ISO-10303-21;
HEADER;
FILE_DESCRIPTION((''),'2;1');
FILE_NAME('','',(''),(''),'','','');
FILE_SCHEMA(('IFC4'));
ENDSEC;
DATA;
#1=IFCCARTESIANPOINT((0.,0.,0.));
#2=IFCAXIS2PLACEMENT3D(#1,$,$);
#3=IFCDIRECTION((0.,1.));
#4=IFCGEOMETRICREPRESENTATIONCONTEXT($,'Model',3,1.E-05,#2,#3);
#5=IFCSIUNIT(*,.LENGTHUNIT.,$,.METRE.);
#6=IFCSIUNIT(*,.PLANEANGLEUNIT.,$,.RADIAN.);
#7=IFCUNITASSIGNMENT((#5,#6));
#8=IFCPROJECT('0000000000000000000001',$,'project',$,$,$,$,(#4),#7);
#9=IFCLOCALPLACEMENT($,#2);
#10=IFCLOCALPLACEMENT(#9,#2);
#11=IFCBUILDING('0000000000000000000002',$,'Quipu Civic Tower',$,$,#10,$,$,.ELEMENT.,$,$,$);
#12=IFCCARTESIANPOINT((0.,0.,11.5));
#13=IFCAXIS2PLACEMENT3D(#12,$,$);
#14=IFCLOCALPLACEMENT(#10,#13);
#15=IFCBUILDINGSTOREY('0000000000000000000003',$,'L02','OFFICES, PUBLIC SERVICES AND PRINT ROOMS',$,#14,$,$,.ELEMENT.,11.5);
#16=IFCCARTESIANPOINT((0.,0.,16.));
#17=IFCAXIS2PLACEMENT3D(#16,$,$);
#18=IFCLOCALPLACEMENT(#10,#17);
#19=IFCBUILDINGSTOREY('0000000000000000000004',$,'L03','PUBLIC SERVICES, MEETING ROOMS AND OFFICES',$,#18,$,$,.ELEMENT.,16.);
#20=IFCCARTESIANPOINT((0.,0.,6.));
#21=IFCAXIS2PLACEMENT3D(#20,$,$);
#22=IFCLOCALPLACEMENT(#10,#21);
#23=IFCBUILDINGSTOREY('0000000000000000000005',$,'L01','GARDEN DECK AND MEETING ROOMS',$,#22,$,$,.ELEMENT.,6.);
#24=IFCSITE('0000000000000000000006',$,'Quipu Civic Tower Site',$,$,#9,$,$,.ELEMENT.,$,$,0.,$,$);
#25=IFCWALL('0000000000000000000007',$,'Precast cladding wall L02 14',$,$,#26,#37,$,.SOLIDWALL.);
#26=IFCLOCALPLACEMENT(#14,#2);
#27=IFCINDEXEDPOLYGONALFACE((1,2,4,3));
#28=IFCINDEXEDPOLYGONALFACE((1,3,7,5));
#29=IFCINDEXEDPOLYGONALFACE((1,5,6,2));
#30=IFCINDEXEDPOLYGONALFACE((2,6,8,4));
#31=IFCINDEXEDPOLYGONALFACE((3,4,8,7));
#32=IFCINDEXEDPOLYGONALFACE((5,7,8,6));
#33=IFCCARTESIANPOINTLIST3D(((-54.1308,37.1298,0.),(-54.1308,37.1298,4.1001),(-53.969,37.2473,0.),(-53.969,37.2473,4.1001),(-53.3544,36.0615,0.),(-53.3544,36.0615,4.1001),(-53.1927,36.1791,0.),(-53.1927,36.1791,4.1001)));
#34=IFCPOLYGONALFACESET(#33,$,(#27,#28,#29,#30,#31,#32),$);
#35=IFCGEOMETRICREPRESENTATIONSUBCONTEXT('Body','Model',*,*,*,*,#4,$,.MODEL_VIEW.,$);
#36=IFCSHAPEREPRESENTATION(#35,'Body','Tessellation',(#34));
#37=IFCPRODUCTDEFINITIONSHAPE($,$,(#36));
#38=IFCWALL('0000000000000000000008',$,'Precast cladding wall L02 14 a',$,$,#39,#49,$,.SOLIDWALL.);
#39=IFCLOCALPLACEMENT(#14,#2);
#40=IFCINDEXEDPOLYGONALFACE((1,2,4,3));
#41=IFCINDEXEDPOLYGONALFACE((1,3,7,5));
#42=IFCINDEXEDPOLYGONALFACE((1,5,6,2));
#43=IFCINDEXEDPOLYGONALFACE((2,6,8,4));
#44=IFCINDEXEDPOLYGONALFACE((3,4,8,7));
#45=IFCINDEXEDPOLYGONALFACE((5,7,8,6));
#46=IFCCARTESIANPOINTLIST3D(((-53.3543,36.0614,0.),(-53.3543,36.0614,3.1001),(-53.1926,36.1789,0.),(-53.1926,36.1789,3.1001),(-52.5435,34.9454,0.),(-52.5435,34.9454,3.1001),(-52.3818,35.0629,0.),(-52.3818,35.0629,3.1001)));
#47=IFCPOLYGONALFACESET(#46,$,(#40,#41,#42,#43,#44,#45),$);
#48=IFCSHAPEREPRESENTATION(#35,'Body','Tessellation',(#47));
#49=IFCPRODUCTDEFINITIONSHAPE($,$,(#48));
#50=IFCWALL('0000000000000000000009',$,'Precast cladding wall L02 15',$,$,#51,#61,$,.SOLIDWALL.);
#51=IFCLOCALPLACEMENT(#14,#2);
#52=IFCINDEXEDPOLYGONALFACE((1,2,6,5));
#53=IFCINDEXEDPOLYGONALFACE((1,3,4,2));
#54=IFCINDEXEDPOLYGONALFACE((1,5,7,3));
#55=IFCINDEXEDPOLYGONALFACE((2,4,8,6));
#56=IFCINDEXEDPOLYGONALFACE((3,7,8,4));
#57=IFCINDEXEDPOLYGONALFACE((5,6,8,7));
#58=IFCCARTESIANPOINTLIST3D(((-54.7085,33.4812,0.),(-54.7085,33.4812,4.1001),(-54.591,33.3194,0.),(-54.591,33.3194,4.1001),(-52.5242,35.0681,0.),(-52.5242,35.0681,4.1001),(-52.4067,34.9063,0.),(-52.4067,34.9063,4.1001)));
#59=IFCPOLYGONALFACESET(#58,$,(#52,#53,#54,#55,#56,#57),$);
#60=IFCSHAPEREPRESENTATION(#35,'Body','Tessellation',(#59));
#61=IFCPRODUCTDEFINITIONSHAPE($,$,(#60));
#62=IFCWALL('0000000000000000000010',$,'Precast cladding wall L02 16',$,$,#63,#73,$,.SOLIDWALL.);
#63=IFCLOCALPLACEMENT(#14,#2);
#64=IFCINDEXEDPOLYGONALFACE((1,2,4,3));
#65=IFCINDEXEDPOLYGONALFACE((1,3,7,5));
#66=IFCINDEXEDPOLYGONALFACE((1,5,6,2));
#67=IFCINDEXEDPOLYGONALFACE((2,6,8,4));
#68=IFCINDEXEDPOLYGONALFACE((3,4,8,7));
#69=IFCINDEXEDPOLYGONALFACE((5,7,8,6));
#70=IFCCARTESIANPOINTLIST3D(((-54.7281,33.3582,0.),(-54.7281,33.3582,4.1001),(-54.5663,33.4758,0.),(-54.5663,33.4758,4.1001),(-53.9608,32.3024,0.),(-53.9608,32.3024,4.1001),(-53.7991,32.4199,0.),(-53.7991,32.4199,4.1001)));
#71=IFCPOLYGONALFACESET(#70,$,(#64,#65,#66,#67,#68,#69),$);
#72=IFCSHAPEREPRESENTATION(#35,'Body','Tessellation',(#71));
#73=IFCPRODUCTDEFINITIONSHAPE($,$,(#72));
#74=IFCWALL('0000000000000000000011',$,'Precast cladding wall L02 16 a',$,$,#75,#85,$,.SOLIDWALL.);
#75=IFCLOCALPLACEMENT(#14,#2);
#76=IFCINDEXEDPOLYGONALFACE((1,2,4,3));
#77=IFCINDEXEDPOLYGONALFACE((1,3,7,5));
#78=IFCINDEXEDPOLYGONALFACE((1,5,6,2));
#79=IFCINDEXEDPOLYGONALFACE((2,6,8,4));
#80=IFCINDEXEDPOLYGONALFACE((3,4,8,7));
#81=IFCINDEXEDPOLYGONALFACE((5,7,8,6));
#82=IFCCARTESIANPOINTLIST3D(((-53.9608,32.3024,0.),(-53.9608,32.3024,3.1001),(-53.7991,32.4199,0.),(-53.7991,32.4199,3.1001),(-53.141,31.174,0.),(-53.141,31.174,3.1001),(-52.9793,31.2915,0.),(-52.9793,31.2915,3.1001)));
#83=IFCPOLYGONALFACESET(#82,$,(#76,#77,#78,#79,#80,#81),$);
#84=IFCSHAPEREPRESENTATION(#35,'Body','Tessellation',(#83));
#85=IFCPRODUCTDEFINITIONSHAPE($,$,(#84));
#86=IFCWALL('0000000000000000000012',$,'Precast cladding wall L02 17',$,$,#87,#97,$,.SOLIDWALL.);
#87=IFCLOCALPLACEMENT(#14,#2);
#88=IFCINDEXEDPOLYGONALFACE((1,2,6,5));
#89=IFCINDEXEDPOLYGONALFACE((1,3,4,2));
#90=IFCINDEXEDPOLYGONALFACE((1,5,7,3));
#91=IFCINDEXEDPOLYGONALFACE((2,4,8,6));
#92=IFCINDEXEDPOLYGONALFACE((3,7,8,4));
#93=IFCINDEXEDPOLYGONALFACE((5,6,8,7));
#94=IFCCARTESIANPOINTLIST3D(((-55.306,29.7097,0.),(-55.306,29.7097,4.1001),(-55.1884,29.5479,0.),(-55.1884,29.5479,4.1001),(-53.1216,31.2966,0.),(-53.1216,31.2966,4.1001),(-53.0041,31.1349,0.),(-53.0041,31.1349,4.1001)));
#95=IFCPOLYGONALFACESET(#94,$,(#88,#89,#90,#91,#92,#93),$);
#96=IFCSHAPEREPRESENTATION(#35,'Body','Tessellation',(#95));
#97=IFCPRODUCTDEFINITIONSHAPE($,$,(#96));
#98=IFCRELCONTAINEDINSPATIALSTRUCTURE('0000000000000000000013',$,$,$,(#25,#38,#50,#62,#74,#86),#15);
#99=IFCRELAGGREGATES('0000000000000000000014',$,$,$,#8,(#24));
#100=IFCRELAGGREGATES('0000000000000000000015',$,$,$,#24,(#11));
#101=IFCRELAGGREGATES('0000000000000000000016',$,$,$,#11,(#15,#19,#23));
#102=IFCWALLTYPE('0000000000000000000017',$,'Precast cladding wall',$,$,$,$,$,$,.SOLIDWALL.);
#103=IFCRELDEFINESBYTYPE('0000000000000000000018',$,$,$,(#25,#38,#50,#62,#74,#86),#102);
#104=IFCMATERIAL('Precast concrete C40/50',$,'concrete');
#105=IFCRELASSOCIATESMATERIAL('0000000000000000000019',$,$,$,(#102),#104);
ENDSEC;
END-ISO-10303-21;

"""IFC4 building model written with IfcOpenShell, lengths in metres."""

from ifc_helpers import new_model, si_unit, direction, frame, frame_2d, origin, place, context, subcontext, project, spatial, rectangle, extrude, material, type_object, element, save


model = new_model("IFC4")

# Units and contexts
model_context = context("Model", 3, precision=1e-05, world=origin(), true_north=direction((0.0, 1.0)))
body_context = subcontext(model_context, "Body", "Model", "MODEL_VIEW")
ifc_project = project(units=[si_unit("LENGTHUNIT", "METRE"), si_unit("PLANEANGLEUNIT", "RADIAN")], contexts=[model_context])

# Site, building, storey
site_placement = place(None, origin())
site = spatial("IfcSite", under=ifc_project, at=site_placement, Name="Quipu Civic Tower Site", CompositionType="ELEMENT", RefElevation=0.0)
building_placement = place(site_placement, origin())
building = spatial("IfcBuilding", under=site, at=building_placement, Name="Quipu Civic Tower", CompositionType="ELEMENT")
storey_1_placement = place(building_placement, frame((0.0, 0.0, 11.5)))
storey_1 = spatial("IfcBuildingStorey", under=building, at=storey_1_placement, Name="L02", Description="OFFICES, PUBLIC SERVICES AND PRINT ROOMS", CompositionType="ELEMENT", Elevation=11.5)

# Shared definitions
storey_2_placement = place(building_placement, frame((0.0, 0.0, 16.0)))
storey_2 = spatial("IfcBuildingStorey", under=building, at=storey_2_placement, Name="L03", Description="PUBLIC SERVICES, MEETING ROOMS AND OFFICES", CompositionType="ELEMENT", Elevation=16.0)

# Shared definitions
storey_3_placement = place(building_placement, frame((0.0, 0.0, 6.0)))
storey_3 = spatial("IfcBuildingStorey", under=building, at=storey_3_placement, Name="L01", Description="GARDEN DECK AND MEETING ROOMS", CompositionType="ELEMENT", Elevation=6.0)

# Walls
ifc_material_1 = material(Name="Precast concrete C40/50", Category="concrete")
wall_type_1 = type_object("IfcWallType", Name="Precast cladding wall", PredefinedType="SOLIDWALL", material=ifc_material_1)
wall_1_placement = place(storey_1_placement, frame((-54.0498, 37.1885, 0.0), z_axis=(0.0, 0.0, 1.0), x_axis=(0.587864, -0.80896, 0.0)))
element("IfcWall", 1, at=wall_1_placement, inside=storey_1, type_object=wall_type_1, Name="Precast cladding wall L02 14", PredefinedType="SOLIDWALL", context=body_context, shape_type="SweptSolid", body=[
    extrude(rectangle(XDim=1.3206, YDim=0.2, at=frame_2d((0.6602, 0.0))), origin(), (0.0, 0.0, 1.0), 4.1001),
])
wall_2_placement = place(storey_1_placement, frame((-53.2734, 36.1201, 0.0), z_axis=(0.0, 0.0, 1.0), x_axis=(0.587782, -0.809019, 0.0)))
element("IfcWall", 2, at=wall_2_placement, inside=storey_1, type_object=wall_type_1, Name="Precast cladding wall L02 14 a", PredefinedType="SOLIDWALL", context=body_context, shape_type="SweptSolid", body=[
    extrude(rectangle(XDim=1.3794, YDim=0.2, at=frame_2d((0.6897, 0.0))), origin(), (0.0, 0.0, 1.0), 3.1001),
])
wall_3_placement = place(storey_1_placement, frame((-52.4653, 34.9873, 0.0), z_axis=(0.0, 0.0, 1.0), x_axis=(-0.809033, -0.587763, 0.0)))
element("IfcWall", 3, at=wall_3_placement, inside=storey_1, type_object=wall_type_1, Name="Precast cladding wall L02 15", PredefinedType="SOLIDWALL", context=body_context, shape_type="SweptSolid", body=[
    extrude(rectangle(XDim=2.7, YDim=0.2, at=frame_2d((1.3501, 0.0))), origin(), (0.0, 0.0, 1.0), 4.1001),
])
wall_4_placement = place(storey_1_placement, frame((-54.6472, 33.417, 0.0), z_axis=(0.0, 0.0, 1.0), x_axis=(0.587871, -0.808954, 0.0)))
element("IfcWall", 4, at=wall_4_placement, inside=storey_1, type_object=wall_type_1, Name="Precast cladding wall L02 16", PredefinedType="SOLIDWALL", context=body_context, shape_type="SweptSolid", body=[
    extrude(rectangle(XDim=1.3052, YDim=0.2, at=frame_2d((0.6526, 0.0))), origin(), (0.0, 0.0, 1.0), 4.1001),
])
wall_5_placement = place(storey_1_placement, frame((-53.8799, 32.3611, 0.0), z_axis=(0.0, 0.0, 1.0), x_axis=(0.587776, -0.809024, 0.0)))
element("IfcWall", 5, at=wall_5_placement, inside=storey_1, type_object=wall_type_1, Name="Precast cladding wall L02 16 a", PredefinedType="SOLIDWALL", context=body_context, shape_type="SweptSolid", body=[
    extrude(rectangle(XDim=1.3948, YDim=0.2, at=frame_2d((0.6973, 0.0))), origin(), (0.0, 0.0, 1.0), 3.1001),
])
wall_6_placement = place(storey_1_placement, frame((-53.0627, 31.2158, 0.0), z_axis=(0.0, 0.0, 1.0), x_axis=(-0.809033, -0.587763, 0.0)))
element("IfcWall", 6, at=wall_6_placement, inside=storey_1, type_object=wall_type_1, Name="Precast cladding wall L02 17", PredefinedType="SOLIDWALL", context=body_context, shape_type="SweptSolid", body=[
    extrude(rectangle(XDim=2.7, YDim=0.2, at=frame_2d((1.3501, 0.0))), origin(), (0.0, 0.0, 1.0), 4.1001),
])

save(model, "model.ifc")
